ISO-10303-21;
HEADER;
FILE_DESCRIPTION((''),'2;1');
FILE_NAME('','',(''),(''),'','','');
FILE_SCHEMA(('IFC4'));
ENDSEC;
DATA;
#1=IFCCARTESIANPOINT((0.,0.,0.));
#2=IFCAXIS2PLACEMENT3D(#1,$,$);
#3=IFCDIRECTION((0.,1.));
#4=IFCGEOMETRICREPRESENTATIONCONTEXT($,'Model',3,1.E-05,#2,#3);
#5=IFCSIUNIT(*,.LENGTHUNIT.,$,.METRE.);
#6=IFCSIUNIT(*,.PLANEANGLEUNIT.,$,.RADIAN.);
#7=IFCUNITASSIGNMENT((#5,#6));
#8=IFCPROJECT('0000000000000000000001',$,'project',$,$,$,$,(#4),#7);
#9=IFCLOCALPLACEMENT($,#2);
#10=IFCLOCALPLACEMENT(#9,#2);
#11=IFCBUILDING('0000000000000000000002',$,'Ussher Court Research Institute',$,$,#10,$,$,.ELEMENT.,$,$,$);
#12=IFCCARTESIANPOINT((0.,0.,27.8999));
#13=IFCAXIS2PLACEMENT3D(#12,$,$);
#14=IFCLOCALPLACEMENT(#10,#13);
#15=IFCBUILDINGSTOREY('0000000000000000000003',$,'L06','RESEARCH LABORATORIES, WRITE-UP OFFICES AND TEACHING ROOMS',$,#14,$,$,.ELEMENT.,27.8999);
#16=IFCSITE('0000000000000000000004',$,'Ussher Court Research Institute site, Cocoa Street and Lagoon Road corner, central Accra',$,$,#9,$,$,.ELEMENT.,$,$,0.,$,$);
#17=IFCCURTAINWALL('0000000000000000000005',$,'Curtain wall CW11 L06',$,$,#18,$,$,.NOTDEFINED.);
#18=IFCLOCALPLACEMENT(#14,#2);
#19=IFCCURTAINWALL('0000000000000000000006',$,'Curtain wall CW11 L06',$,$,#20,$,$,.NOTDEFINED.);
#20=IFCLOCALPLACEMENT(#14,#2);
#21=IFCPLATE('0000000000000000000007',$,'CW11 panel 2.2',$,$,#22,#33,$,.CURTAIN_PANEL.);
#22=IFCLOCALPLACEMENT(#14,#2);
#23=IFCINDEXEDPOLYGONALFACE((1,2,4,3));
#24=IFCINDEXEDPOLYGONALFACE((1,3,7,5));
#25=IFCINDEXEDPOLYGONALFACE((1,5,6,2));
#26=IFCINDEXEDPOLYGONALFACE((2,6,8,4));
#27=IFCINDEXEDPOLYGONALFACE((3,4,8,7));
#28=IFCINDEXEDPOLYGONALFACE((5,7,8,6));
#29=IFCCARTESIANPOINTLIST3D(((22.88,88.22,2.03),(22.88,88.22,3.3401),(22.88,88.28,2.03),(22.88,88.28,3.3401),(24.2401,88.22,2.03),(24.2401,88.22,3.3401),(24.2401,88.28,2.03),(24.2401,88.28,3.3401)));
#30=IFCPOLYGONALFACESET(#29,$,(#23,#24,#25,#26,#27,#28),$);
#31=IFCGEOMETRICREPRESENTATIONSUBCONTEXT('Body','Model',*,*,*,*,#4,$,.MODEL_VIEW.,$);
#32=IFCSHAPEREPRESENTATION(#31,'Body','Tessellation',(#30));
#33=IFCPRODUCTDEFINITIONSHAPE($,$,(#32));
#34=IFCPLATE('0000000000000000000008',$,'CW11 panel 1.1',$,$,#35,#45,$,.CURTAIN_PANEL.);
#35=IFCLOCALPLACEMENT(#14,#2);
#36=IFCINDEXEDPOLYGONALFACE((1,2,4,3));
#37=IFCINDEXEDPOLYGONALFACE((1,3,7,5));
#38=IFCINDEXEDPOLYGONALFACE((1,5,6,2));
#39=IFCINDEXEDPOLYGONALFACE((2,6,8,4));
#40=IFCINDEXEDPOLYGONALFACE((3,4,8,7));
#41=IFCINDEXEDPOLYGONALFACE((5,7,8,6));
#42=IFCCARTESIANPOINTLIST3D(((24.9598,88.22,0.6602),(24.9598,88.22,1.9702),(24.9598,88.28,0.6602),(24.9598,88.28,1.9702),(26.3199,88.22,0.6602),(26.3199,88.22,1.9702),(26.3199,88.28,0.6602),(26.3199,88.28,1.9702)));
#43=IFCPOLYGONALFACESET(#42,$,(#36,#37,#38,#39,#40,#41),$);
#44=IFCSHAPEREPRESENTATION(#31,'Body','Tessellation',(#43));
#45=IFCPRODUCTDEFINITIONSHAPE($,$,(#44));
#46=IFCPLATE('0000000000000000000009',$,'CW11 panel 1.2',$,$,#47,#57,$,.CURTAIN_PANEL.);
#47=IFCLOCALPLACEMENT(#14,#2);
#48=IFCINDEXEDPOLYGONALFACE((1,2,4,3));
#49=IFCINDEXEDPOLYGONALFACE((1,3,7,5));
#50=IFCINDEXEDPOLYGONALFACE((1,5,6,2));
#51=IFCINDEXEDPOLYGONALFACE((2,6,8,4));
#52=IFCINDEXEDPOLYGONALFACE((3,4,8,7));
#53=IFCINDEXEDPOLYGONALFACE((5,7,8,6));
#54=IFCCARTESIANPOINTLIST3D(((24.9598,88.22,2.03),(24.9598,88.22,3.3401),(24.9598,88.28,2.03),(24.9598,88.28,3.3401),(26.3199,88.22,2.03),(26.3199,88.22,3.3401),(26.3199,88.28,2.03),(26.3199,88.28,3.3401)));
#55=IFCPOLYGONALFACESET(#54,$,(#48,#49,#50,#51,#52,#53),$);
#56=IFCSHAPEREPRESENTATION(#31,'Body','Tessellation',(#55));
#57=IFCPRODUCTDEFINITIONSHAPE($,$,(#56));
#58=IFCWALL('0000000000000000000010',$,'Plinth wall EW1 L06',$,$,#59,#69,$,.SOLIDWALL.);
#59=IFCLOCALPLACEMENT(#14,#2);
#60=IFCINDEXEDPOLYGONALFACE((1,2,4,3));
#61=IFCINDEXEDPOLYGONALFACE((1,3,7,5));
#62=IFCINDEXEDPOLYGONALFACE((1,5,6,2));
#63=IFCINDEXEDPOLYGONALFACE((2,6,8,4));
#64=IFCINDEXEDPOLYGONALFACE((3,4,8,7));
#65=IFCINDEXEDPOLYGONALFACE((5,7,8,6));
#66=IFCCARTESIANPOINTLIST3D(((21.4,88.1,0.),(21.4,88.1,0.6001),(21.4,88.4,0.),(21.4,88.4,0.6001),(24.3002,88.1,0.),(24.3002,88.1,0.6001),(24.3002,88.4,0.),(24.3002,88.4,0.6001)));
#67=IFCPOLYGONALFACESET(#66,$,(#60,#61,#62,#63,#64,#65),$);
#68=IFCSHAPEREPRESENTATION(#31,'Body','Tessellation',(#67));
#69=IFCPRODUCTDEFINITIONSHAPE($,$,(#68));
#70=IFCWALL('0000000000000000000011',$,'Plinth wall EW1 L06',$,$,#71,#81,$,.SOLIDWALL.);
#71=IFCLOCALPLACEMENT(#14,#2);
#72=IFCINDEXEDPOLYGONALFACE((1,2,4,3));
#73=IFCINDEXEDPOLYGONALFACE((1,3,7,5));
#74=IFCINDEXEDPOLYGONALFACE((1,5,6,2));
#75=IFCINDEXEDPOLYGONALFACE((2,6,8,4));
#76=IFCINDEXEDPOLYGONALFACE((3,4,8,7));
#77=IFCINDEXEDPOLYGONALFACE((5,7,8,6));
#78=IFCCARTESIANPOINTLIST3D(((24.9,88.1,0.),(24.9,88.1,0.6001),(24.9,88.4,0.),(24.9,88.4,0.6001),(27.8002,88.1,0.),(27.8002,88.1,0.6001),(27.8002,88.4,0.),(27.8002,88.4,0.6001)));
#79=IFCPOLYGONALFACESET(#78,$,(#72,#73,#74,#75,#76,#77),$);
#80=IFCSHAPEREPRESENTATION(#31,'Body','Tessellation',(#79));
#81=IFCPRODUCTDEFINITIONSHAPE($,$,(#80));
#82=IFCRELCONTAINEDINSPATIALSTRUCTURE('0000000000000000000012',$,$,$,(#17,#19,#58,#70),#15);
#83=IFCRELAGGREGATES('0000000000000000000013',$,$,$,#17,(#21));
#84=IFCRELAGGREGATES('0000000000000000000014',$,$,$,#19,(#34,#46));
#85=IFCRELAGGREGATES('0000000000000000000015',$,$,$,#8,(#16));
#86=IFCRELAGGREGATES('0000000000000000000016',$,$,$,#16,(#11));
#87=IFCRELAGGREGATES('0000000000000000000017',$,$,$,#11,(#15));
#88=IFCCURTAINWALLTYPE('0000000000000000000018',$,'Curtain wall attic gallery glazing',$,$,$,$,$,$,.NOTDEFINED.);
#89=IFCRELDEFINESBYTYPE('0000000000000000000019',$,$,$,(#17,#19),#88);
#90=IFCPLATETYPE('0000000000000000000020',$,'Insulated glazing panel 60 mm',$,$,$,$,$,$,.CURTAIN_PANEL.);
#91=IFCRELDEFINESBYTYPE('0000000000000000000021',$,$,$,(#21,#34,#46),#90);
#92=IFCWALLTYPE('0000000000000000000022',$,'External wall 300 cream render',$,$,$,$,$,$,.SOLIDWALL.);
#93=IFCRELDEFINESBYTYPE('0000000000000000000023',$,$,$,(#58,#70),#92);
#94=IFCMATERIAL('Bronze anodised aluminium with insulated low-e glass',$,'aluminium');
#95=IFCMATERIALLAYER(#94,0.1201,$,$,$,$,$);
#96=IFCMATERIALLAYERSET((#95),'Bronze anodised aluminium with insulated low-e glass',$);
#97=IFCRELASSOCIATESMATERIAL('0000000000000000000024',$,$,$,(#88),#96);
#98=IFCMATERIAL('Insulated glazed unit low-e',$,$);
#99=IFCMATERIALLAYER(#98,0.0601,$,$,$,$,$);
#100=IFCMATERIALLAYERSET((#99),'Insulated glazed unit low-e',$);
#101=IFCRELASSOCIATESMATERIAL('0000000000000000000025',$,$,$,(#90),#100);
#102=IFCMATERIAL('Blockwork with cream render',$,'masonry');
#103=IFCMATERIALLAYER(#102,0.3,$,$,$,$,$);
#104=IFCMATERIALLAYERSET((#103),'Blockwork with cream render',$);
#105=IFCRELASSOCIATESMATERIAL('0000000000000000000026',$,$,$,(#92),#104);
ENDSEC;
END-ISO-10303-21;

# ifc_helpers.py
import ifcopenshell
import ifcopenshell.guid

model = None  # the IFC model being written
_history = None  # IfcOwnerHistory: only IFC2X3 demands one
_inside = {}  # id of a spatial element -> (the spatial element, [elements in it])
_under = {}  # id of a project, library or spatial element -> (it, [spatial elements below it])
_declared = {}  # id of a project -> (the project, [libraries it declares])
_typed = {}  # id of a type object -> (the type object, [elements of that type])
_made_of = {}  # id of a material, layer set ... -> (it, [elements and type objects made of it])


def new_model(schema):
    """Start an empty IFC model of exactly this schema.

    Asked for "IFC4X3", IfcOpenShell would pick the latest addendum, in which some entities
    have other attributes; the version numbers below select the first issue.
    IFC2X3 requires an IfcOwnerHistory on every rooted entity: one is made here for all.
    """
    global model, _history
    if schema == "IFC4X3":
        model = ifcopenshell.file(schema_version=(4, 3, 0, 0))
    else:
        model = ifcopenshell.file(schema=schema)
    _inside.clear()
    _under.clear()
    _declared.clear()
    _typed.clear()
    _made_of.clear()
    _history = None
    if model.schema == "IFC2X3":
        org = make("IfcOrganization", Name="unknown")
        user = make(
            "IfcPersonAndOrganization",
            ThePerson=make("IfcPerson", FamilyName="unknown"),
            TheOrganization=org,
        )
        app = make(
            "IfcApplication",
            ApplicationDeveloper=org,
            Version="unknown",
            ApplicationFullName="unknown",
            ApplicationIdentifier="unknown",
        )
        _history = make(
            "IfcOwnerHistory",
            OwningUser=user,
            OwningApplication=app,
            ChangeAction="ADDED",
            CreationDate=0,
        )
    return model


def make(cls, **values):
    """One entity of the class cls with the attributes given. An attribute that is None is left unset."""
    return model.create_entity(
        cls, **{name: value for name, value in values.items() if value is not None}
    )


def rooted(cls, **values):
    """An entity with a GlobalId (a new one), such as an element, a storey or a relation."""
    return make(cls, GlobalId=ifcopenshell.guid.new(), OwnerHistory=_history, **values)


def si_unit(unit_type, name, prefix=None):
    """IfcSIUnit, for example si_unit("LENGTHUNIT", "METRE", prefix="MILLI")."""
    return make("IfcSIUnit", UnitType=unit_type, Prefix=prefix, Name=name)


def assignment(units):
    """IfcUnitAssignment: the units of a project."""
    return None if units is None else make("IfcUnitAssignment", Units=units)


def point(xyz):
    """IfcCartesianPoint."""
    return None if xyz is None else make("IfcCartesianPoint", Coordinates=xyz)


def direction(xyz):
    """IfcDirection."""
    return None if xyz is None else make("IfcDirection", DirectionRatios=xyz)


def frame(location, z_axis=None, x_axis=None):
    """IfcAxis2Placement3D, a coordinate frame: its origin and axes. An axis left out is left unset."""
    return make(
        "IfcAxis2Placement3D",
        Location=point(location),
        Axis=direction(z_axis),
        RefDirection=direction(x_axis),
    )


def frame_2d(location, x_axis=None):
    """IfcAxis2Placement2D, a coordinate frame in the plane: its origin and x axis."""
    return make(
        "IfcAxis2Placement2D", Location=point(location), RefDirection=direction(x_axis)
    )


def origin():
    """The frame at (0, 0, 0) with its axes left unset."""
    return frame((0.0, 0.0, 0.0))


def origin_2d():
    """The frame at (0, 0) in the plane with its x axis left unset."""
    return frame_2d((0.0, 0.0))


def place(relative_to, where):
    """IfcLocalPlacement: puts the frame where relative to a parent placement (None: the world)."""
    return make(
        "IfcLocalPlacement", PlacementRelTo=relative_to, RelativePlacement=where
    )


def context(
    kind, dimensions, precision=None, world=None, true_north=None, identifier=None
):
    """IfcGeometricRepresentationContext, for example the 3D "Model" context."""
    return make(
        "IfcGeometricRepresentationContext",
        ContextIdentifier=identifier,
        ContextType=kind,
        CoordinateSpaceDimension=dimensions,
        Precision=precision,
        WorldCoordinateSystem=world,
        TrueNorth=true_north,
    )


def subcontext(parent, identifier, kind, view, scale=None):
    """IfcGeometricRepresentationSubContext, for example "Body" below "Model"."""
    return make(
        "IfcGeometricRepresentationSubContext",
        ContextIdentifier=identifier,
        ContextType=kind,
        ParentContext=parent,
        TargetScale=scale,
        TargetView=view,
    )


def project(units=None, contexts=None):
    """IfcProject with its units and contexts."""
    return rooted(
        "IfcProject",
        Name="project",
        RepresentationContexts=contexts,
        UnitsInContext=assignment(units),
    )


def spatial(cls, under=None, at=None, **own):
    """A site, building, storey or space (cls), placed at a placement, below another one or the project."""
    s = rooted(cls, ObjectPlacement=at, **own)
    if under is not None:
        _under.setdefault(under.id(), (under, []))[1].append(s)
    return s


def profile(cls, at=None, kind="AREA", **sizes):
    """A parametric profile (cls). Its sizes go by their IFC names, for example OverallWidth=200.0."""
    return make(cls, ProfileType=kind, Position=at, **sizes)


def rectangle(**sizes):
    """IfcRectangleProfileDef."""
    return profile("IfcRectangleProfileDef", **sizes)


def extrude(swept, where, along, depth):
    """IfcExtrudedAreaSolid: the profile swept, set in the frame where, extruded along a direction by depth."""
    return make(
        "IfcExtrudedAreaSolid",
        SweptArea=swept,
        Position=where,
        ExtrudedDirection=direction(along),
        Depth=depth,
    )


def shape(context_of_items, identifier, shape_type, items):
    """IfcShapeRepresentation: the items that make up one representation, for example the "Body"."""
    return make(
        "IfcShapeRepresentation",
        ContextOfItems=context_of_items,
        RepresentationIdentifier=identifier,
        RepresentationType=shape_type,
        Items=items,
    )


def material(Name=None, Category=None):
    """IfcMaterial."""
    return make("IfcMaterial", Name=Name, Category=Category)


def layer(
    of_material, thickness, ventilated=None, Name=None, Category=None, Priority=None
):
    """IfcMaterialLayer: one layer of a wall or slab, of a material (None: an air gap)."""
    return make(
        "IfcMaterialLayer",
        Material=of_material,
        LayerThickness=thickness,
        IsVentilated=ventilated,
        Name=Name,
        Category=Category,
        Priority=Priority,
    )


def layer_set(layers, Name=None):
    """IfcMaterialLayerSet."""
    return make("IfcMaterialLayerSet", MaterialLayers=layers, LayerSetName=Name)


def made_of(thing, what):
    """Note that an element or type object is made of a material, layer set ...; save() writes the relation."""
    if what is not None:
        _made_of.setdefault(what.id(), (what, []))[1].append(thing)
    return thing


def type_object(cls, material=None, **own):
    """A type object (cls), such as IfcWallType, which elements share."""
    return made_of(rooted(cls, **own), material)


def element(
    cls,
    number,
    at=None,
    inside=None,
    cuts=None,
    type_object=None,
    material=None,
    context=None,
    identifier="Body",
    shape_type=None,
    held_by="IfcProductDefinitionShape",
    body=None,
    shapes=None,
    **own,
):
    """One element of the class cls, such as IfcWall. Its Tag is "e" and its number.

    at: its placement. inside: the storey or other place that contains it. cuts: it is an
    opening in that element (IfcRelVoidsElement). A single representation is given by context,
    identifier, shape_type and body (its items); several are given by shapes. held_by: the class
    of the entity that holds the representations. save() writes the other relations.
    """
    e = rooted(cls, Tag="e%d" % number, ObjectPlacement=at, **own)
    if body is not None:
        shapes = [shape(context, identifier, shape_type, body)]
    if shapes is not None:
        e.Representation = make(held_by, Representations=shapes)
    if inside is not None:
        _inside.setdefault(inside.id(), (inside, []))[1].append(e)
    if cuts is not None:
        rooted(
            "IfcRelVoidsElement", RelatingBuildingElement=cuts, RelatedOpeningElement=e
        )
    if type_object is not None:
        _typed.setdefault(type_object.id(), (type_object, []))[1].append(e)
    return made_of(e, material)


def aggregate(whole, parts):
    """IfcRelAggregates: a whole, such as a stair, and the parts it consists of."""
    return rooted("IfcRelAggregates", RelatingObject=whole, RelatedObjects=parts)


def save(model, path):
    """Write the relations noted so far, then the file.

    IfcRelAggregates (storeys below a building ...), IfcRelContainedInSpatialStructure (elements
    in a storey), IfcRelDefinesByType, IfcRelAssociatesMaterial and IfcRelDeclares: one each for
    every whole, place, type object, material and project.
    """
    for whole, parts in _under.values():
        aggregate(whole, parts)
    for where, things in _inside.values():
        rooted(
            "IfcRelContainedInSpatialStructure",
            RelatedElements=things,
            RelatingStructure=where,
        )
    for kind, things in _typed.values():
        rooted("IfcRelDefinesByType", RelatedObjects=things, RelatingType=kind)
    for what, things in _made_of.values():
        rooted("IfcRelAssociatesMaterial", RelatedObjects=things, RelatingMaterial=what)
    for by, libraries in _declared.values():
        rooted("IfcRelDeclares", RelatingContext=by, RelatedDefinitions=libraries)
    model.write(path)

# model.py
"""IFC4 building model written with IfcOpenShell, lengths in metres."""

from ifc_helpers import new_model, si_unit, direction, frame, frame_2d, origin, origin_2d, place, context, subcontext, project, spatial, rectangle, extrude, material, layer, layer_set, type_object, element, aggregate, save


model = new_model("IFC4")

# Units and contexts
model_context = context("Model", 3, precision=1e-05, world=origin(), true_north=direction((0.0, 1.0)))
body_context = subcontext(model_context, "Body", "Model", "MODEL_VIEW")
ifc_project = project(units=[si_unit("LENGTHUNIT", "METRE"), si_unit("PLANEANGLEUNIT", "RADIAN")], contexts=[model_context])

# Site, building, storey
site_placement = place(None, origin())
site = spatial("IfcSite", under=ifc_project, at=site_placement, Name="Ussher Court Research Institute site, Cocoa Street and Lagoon Road corner, central Accra", CompositionType="ELEMENT", RefElevation=0.0)
building_placement = place(site_placement, origin())
building = spatial("IfcBuilding", under=site, at=building_placement, Name="Ussher Court Research Institute", CompositionType="ELEMENT")
storey_placement = place(building_placement, frame((0.0, 0.0, 27.8999)))
storey = spatial("IfcBuildingStorey", under=building, at=storey_placement, Name="L06", Description="RESEARCH LABORATORIES, WRITE-UP OFFICES AND TEACHING ROOMS", CompositionType="ELEMENT", Elevation=27.8999)

# Curtain walls
ifc_material_1 = material(Name="Bronze anodised aluminium with insulated low-e glass", Category="aluminium")
ifc_layer_1 = layer(ifc_material_1, 0.1201)
ifc_layer_set_1 = layer_set([ifc_layer_1], Name="Bronze anodised aluminium with insulated low-e glass")
curtain_wall_type = type_object("IfcCurtainWallType", Name="Curtain wall attic gallery glazing", PredefinedType="NOTDEFINED", material=ifc_layer_set_1)
curtain_wall_1_placement = place(storey_placement, origin())
curtain_wall_1 = element("IfcCurtainWall", 1, at=curtain_wall_1_placement, inside=storey, type_object=curtain_wall_type, Name="Curtain wall CW11 L06", PredefinedType="NOTDEFINED")
curtain_wall_2_placement = place(storey_placement, origin())
curtain_wall_2 = element("IfcCurtainWall", 2, at=curtain_wall_2_placement, inside=storey, type_object=curtain_wall_type, Name="Curtain wall CW11 L06", PredefinedType="NOTDEFINED")

# Plates
ifc_material_2 = material(Name="Insulated glazed unit low-e")
ifc_layer_2 = layer(ifc_material_2, 0.0601)
ifc_layer_set_2 = layer_set([ifc_layer_2], Name="Insulated glazed unit low-e")
plate_type = type_object("IfcPlateType", Name="Insulated glazing panel 60 mm", PredefinedType="CURTAIN_PANEL", material=ifc_layer_set_2)
plate_1_placement = place(storey_placement, frame((23.5601, 88.25, 2.03), z_axis=(0.0, 0.0, 1.0), x_axis=(1.0, 0.0, 0.0)))
plate_1 = element("IfcPlate", 3, at=plate_1_placement, type_object=plate_type, Name="CW11 panel 2.2", PredefinedType="CURTAIN_PANEL", context=body_context, shape_type="SweptSolid", body=[
    extrude(rectangle(XDim=1.3601, YDim=0.0601, at=origin_2d()), origin(), (0.0, 0.0, 1.0), 1.3101),
])
aggregate(curtain_wall_1, [plate_1])
plate_2_placement = place(storey_placement, frame((25.6399, 88.25, 0.6602), z_axis=(0.0, 0.0, 1.0), x_axis=(1.0, 0.0, 0.0)))
plate_2 = element("IfcPlate", 4, at=plate_2_placement, type_object=plate_type, Name="CW11 panel 1.1", PredefinedType="CURTAIN_PANEL", context=body_context, shape_type="SweptSolid", body=[
    extrude(rectangle(XDim=1.3601, YDim=0.0601, at=origin_2d()), origin(), (0.0, 0.0, 1.0), 1.3101),
])
plate_3_placement = place(storey_placement, frame((25.6399, 88.25, 2.03), z_axis=(0.0, 0.0, 1.0), x_axis=(1.0, 0.0, 0.0)))
plate_3 = element("IfcPlate", 5, at=plate_3_placement, type_object=plate_type, Name="CW11 panel 1.2", PredefinedType="CURTAIN_PANEL", context=body_context, shape_type="SweptSolid", body=[
    extrude(rectangle(XDim=1.3601, YDim=0.0601, at=origin_2d()), origin(), (0.0, 0.0, 1.0), 1.3101),
])
aggregate(curtain_wall_2, [plate_2, plate_3])

# Walls
ifc_material_3 = material(Name="Blockwork with cream render", Category="masonry")
ifc_layer_3 = layer(ifc_material_3, 0.3)
ifc_layer_set_3 = layer_set([ifc_layer_3], Name="Blockwork with cream render")
wall_type = type_object("IfcWallType", Name="External wall 300 cream render", PredefinedType="SOLIDWALL", material=ifc_layer_set_3)
for number, where, z_axis, x_axis, name in (
    (6, (21.3999, 88.25, 0.0), (0.0, 0.0, 1.0), (1.0, 0.0, 0.0), "Plinth wall EW1 L06"),
    (7, (24.8999, 88.25, 0.0), (0.0, 0.0, 1.0), (1.0, 0.0, 0.0), "Plinth wall EW1 L06"),
):
    element("IfcWall", number, at=place(storey_placement, frame(where, z_axis=z_axis, x_axis=x_axis)), inside=storey, type_object=wall_type, Name=name, PredefinedType="SOLIDWALL", context=body_context, shape_type="SweptSolid", body=[
        extrude(rectangle(XDim=2.9001, YDim=0.3, at=frame_2d((1.4502, 0.0))), origin(), (0.0, 0.0, 1.0), 0.6001),
    ])

save(model, "model.ifc")
